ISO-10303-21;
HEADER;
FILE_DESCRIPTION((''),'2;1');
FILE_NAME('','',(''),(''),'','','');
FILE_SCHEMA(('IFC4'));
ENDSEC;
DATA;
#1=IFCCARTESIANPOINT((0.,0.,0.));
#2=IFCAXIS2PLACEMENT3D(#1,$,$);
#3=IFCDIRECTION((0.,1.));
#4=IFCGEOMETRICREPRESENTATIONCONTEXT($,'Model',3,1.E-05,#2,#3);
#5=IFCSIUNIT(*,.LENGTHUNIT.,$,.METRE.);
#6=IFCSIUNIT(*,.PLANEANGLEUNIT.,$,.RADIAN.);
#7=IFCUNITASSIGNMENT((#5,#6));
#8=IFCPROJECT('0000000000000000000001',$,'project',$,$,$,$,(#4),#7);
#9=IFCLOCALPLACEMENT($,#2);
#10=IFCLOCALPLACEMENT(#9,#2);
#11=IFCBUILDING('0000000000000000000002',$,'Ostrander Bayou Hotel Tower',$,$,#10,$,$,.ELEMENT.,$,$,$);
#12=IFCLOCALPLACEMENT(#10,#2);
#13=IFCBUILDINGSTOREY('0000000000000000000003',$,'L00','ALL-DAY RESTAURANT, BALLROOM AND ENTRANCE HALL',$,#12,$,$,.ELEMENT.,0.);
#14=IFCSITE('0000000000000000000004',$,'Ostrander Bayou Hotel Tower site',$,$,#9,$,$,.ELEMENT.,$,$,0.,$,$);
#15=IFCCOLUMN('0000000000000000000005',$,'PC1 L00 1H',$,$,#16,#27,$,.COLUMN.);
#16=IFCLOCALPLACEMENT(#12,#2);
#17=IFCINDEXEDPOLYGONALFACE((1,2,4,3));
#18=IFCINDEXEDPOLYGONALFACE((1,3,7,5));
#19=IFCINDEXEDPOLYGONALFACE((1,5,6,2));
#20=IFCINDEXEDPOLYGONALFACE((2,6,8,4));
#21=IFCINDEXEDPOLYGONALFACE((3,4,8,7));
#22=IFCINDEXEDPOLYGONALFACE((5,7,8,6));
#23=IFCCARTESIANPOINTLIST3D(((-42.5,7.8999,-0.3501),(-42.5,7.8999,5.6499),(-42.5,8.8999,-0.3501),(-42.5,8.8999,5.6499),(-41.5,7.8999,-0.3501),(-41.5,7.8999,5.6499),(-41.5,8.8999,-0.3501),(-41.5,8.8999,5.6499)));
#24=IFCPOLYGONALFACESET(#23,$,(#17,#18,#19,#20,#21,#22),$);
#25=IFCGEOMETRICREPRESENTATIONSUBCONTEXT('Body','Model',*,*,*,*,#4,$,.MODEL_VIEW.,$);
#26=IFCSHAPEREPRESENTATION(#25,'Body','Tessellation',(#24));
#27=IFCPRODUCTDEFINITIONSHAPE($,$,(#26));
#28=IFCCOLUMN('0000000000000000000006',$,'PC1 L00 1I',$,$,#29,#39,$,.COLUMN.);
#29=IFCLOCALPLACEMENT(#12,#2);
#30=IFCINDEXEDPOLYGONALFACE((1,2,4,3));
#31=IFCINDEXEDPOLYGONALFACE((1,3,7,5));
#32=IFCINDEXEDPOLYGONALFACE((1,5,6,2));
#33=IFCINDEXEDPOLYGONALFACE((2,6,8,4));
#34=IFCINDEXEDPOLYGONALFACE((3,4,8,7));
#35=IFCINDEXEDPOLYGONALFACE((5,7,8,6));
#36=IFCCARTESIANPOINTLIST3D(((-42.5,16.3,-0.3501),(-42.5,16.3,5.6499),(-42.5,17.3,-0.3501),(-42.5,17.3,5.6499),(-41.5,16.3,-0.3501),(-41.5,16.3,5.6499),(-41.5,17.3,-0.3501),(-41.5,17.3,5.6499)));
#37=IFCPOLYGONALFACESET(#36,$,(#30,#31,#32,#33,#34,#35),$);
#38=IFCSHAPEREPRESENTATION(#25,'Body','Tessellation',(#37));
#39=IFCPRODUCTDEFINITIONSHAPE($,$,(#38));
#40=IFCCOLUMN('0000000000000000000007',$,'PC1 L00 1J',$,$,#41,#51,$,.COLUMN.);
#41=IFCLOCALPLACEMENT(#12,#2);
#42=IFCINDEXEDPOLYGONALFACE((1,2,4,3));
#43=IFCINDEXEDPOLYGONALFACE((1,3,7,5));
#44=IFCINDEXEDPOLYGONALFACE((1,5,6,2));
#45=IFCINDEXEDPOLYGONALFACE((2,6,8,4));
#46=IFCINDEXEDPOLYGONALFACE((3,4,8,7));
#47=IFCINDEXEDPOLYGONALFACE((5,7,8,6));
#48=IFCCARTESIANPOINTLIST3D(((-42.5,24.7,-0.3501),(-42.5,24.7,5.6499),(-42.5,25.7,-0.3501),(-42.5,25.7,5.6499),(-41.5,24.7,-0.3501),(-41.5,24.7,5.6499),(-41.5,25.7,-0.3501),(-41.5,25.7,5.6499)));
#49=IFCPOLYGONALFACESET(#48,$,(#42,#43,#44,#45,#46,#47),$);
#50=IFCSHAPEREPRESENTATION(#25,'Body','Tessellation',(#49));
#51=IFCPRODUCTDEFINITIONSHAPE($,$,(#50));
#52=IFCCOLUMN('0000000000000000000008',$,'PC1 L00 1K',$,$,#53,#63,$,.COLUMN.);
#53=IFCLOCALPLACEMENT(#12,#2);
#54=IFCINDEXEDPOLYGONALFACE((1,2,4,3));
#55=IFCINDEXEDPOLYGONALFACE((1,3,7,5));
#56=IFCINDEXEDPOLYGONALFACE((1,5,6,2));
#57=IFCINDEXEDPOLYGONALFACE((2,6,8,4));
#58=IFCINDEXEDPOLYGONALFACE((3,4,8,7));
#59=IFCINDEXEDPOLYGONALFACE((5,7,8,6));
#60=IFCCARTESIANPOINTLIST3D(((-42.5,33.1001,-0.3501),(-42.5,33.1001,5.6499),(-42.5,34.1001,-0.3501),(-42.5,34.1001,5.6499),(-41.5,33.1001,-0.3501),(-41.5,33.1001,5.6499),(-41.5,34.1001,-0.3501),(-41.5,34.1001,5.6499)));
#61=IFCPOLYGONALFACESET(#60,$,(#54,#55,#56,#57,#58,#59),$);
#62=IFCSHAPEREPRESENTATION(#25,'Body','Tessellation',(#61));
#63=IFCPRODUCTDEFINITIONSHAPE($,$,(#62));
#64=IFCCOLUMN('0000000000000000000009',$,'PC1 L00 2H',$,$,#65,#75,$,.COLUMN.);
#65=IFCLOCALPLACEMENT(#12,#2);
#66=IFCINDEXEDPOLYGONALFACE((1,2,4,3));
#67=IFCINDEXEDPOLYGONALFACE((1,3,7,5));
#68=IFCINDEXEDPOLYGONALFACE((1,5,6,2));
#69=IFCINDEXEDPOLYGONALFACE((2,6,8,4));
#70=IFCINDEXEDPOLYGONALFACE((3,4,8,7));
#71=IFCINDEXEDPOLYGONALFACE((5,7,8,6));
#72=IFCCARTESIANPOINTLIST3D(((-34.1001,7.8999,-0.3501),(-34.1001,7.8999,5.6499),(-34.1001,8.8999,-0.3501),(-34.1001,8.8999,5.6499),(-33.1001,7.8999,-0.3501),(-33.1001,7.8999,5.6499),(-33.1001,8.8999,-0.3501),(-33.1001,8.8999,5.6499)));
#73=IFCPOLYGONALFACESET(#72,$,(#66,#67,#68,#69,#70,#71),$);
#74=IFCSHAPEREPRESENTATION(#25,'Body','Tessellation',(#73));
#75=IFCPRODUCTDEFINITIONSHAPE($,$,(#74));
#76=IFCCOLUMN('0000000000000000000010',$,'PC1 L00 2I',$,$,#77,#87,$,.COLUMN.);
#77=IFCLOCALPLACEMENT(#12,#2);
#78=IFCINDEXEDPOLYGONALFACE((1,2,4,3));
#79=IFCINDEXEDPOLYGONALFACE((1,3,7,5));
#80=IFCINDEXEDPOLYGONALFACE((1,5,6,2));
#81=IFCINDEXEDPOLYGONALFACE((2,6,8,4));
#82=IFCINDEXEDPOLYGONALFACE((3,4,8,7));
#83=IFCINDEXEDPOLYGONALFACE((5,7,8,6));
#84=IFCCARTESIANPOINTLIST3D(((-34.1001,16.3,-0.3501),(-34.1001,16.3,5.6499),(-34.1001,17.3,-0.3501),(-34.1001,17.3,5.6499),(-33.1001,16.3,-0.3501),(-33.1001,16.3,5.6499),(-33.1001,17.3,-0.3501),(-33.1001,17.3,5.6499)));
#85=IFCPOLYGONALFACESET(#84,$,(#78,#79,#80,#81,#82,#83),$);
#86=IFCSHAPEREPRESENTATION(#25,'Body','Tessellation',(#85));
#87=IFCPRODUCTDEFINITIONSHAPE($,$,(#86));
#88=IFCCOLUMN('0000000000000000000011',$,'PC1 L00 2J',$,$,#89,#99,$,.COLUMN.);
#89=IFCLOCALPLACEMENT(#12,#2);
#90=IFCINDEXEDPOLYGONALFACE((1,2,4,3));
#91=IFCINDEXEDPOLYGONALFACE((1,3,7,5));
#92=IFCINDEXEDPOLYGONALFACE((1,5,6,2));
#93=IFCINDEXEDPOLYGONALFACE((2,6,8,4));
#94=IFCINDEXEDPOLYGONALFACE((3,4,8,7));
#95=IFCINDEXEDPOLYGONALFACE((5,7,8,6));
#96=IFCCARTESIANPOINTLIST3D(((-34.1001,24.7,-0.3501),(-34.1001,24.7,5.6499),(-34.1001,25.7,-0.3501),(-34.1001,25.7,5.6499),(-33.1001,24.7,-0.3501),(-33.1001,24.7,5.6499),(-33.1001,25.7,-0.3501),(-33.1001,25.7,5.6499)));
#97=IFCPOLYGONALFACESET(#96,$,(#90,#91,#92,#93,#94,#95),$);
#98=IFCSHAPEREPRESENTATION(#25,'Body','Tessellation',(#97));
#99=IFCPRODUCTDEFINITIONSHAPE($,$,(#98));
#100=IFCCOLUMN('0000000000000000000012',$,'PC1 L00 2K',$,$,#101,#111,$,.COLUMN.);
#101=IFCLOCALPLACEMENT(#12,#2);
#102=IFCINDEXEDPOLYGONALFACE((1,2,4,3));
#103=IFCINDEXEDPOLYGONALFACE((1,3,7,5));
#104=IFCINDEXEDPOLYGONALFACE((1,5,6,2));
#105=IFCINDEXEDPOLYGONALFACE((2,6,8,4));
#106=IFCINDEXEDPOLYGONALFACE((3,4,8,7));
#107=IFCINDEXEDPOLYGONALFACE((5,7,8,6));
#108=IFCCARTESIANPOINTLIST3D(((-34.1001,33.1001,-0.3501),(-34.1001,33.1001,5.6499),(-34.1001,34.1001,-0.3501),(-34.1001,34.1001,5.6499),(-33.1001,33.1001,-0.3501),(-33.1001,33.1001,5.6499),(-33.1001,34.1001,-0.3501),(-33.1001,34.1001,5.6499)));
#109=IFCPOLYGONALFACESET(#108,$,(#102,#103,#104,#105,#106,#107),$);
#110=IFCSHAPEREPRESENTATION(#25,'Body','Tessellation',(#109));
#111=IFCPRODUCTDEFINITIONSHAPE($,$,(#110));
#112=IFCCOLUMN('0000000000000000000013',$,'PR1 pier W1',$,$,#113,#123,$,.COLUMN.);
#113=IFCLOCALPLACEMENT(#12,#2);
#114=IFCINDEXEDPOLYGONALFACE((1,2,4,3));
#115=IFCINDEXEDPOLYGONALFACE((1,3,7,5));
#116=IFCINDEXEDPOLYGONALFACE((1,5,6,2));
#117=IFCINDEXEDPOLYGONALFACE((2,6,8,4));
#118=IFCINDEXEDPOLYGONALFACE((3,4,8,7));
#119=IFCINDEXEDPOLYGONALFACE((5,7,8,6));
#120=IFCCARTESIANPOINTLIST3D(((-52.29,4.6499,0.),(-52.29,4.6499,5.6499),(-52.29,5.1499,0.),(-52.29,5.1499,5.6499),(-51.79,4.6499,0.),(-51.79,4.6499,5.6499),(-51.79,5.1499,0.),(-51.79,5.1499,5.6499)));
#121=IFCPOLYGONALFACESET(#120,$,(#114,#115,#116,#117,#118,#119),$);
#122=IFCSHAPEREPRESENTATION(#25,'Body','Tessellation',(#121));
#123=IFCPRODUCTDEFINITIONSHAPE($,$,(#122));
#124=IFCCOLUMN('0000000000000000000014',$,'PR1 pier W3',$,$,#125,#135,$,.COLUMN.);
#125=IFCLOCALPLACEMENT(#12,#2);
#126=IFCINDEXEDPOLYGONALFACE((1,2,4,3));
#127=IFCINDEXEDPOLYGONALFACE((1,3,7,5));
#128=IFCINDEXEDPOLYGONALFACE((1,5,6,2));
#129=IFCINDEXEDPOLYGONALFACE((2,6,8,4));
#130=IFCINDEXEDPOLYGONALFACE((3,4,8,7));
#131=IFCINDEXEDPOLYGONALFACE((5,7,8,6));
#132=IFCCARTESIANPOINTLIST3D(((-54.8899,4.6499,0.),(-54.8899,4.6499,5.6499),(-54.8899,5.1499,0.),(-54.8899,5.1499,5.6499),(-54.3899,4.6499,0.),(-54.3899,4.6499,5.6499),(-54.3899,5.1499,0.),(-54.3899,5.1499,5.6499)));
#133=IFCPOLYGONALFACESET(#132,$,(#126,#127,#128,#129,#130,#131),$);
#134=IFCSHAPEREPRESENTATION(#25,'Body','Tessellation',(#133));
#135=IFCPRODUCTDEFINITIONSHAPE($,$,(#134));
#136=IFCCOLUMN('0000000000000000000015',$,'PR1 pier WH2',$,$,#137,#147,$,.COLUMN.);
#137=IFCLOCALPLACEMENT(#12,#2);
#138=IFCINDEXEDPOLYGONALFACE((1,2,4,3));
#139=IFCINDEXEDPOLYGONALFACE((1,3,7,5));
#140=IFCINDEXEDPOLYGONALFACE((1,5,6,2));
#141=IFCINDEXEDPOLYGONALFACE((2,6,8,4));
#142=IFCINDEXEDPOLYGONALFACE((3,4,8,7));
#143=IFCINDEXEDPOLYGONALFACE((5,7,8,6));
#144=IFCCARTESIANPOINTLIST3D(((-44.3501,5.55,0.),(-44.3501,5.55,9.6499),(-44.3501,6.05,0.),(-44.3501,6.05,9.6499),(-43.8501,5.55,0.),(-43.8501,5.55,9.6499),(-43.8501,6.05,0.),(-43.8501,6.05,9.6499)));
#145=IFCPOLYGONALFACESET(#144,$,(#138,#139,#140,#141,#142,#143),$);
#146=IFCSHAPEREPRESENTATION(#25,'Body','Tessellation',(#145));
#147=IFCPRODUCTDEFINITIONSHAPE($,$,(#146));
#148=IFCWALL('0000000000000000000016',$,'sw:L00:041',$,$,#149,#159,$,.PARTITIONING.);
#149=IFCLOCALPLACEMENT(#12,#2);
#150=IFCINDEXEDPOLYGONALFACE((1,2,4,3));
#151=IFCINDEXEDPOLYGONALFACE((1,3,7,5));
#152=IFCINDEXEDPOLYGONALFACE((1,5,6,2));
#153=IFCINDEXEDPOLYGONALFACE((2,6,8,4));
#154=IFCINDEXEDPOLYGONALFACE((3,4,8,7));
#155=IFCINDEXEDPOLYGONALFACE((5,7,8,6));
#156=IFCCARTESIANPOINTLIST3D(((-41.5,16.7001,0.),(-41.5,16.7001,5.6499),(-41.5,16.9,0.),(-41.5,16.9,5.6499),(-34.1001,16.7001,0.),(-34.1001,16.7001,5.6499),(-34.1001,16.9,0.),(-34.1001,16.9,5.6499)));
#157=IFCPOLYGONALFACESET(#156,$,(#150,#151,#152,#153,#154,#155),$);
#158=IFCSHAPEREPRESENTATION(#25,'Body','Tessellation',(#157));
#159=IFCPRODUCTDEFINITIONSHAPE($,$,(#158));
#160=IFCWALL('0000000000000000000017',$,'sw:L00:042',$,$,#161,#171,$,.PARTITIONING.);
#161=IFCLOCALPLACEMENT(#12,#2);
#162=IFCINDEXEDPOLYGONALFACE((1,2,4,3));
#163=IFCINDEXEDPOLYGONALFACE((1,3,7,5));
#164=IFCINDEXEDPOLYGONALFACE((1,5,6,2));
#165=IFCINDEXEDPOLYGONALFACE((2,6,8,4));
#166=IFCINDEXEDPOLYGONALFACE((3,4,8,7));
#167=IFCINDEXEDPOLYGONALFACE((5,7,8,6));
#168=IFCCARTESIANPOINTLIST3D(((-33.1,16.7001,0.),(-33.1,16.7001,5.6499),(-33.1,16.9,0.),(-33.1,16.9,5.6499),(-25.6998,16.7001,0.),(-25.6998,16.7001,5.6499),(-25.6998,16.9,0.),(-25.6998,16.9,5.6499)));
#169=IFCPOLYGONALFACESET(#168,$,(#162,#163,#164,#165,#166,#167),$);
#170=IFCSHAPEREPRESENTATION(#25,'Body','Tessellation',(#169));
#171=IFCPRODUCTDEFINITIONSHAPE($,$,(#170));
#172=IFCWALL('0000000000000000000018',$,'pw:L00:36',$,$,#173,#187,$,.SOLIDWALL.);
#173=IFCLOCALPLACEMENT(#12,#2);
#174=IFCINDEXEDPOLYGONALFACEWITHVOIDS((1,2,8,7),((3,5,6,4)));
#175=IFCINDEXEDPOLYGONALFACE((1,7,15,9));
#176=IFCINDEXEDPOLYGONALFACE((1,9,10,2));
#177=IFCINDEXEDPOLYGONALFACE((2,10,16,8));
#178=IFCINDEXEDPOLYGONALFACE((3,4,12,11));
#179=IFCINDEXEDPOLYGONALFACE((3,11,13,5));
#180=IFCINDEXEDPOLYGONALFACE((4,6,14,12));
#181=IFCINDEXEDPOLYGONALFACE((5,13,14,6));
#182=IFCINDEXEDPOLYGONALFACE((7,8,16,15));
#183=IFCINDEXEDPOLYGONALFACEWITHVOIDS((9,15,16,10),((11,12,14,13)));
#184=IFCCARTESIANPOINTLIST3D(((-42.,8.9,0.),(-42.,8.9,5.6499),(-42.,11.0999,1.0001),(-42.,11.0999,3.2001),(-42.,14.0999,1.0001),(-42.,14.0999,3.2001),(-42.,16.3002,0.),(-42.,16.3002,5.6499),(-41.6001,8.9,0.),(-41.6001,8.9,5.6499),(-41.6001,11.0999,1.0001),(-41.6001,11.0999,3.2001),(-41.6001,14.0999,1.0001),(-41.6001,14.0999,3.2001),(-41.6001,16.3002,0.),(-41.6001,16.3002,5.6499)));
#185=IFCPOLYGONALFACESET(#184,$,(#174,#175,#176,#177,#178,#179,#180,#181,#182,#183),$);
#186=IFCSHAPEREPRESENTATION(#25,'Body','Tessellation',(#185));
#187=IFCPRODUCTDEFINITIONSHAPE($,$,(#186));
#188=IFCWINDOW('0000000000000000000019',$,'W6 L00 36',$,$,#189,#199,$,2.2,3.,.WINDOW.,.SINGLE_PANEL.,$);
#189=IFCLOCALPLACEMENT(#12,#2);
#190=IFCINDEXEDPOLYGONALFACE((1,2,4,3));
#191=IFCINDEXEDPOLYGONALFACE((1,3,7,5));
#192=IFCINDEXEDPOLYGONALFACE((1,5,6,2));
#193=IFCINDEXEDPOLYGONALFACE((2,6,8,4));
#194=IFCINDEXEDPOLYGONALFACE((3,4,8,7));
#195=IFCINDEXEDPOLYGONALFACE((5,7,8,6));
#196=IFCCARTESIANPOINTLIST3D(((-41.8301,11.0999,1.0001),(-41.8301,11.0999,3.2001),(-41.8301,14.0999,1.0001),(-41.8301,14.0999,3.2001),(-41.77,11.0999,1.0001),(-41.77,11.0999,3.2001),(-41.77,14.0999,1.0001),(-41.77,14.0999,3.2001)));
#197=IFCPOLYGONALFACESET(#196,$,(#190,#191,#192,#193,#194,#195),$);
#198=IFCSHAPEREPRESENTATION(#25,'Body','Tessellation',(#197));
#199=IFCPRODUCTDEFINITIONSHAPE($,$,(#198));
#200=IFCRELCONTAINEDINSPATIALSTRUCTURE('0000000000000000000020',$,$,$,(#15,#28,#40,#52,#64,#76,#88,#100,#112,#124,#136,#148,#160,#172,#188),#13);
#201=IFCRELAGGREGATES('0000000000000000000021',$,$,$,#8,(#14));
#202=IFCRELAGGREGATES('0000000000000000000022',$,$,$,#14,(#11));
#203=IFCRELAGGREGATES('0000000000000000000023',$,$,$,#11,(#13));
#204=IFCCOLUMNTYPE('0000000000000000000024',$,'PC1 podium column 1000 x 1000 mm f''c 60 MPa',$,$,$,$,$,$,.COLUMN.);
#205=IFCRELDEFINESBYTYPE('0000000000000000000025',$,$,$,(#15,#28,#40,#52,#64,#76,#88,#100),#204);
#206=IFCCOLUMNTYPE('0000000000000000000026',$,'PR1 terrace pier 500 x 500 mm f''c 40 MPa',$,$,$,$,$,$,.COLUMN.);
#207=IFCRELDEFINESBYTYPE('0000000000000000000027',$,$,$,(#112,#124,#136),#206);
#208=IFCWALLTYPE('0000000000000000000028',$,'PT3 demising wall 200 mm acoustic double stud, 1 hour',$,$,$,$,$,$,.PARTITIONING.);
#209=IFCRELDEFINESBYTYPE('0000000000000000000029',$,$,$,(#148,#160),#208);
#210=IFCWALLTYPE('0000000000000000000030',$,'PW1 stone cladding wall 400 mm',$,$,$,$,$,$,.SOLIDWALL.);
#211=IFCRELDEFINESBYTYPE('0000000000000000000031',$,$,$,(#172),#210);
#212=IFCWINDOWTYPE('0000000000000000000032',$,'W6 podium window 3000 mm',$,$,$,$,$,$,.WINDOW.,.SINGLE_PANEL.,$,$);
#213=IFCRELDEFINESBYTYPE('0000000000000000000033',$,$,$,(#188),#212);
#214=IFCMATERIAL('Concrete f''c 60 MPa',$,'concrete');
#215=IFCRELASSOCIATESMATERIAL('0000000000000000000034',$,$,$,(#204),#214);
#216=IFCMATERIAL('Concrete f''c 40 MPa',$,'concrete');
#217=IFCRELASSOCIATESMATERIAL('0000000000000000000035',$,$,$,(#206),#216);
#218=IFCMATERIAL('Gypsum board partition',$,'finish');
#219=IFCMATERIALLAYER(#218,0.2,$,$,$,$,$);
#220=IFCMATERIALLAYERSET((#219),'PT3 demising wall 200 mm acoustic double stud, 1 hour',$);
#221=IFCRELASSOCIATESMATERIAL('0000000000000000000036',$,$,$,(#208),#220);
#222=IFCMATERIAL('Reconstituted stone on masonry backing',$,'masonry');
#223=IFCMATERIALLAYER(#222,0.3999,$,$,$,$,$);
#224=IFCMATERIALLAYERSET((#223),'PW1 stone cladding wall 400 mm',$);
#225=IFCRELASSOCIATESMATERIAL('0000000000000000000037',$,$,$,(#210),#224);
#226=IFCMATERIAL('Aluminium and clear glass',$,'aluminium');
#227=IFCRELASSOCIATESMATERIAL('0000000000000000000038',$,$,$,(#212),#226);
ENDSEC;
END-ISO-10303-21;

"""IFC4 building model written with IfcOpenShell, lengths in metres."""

from ifc_helpers import new_model, si_unit, direction, frame, frame_2d, origin, origin_2d, place, context, subcontext, project, spatial, rectangle, extrude, material, layer, layer_set, material_profile, profile_set, type_object, element, fill, save


model = new_model("IFC4")

# Units and contexts
model_context = context("Model", 3, precision=1e-05, world=origin(), true_north=direction((0.0, 1.0)))
body_context = subcontext(model_context, "Body", "Model", "MODEL_VIEW")
ifc_project = project(units=[si_unit("LENGTHUNIT", "METRE"), si_unit("PLANEANGLEUNIT", "RADIAN")], contexts=[model_context])

# Site, building, storey
site_placement = place(None, origin())
site = spatial("IfcSite", under=ifc_project, at=site_placement, Name="Ostrander Bayou Hotel Tower site", CompositionType="ELEMENT", RefElevation=0.0)
building_placement = place(site_placement, origin())
building = spatial("IfcBuilding", under=site, at=building_placement, Name="Ostrander Bayou Hotel Tower", CompositionType="ELEMENT")
storey_placement = place(building_placement, origin())
storey = spatial("IfcBuildingStorey", under=building, at=storey_placement, Name="L00", Description="ALL-DAY RESTAURANT, BALLROOM AND ENTRANCE HALL", CompositionType="ELEMENT", Elevation=0.0)

# Columns
ifc_material_1 = material(Name="Concrete f'c 60 MPa", Category="concrete")
ifc_material_profile_1 = material_profile(ifc_material_1, rectangle(XDim=1.0, YDim=1.0, at=origin_2d()))
ifc_profile_set_1 = profile_set([ifc_material_profile_1], Name="Concrete f'c 60 MPa")
column_type_1 = type_object("IfcColumnType", Name="PC1 podium column 1000 x 1000 mm f'c 60 MPa", PredefinedType="COLUMN", material=ifc_profile_set_1)
for number, where, z_axis, x_axis, name in (
    (1, (-42.0, 8.3999, -0.3501), (0.0, 0.0, 1.0), (1.0, 0.0, 0.0), "PC1 L00 1H"),
    (2, (-42.0, 16.8, -0.3501), (0.0, 0.0, 1.0), (1.0, 0.0, 0.0), "PC1 L00 1I"),
    (3, (-42.0, 25.2, -0.3501), (0.0, 0.0, 1.0), (1.0, 0.0, 0.0), "PC1 L00 1J"),
    (4, (-42.0, 33.6001, -0.3501), (0.0, 0.0, 1.0), (1.0, 0.0, 0.0), "PC1 L00 1K"),
    (5, (-33.6001, 8.3999, -0.3501), (0.0, 0.0, 1.0), (1.0, 0.0, 0.0), "PC1 L00 2H"),
    (6, (-33.6001, 16.8, -0.3501), (0.0, 0.0, 1.0), (1.0, 0.0, 0.0), "PC1 L00 2I"),
    (7, (-33.6001, 25.2, -0.3501), (0.0, 0.0, 1.0), (1.0, 0.0, 0.0), "PC1 L00 2J"),
    (8, (-33.6001, 33.6001, -0.3501), (0.0, 0.0, 1.0), (1.0, 0.0, 0.0), "PC1 L00 2K"),
):
    element("IfcColumn", number, at=place(storey_placement, frame(where, z_axis=z_axis, x_axis=x_axis)), inside=storey, type_object=column_type_1, Name=name, PredefinedType="COLUMN", context=body_context, shape_type="SweptSolid", body=[
        extrude(rectangle(XDim=1.0, YDim=1.0, at=origin_2d()), origin(), (0.0, 0.0, 1.0), 6.0),
    ])
ifc_material_2 = material(Name="Concrete f'c 40 MPa", Category="concrete")
ifc_material_profile_2 = material_profile(ifc_material_2, rectangle(XDim=0.5, YDim=0.5, at=origin_2d()))
ifc_profile_set_2 = profile_set([ifc_material_profile_2], Name="Concrete f'c 40 MPa")
column_type_2 = type_object("IfcColumnType", Name="PR1 terrace pier 500 x 500 mm f'c 40 MPa", PredefinedType="COLUMN", material=ifc_profile_set_2)
for number, where, z_axis, x_axis, name in (
    (9, (-52.04, 4.8999, 0.0), (0.0, 0.0, 1.0), (1.0, 0.0, 0.0), "PR1 pier W1"),
    (10, (-54.6399, 4.8999, 0.0), (0.0, 0.0, 1.0), (1.0, 0.0, 0.0), "PR1 pier W3"),
):
    element("IfcColumn", number, at=place(storey_placement, frame(where, z_axis=z_axis, x_axis=x_axis)), inside=storey, type_object=column_type_2, Name=name, PredefinedType="COLUMN", context=body_context, shape_type="SweptSolid", body=[
        extrude(rectangle(XDim=0.5, YDim=0.5, at=origin_2d()), origin(), (0.0, 0.0, 1.0), 5.6499),
    ])
column_placement = place(storey_placement, frame((-44.1001, 5.8, 0.0), z_axis=(0.0, 0.0, 1.0), x_axis=(1.0, 0.0, 0.0)))
element("IfcColumn", 11, at=column_placement, inside=storey, type_object=column_type_2, Name="PR1 pier WH2", PredefinedType="COLUMN", context=body_context, shape_type="SweptSolid", body=[
    extrude(rectangle(XDim=0.5, YDim=0.5, at=origin_2d()), origin(), (0.0, 0.0, 1.0), 9.6499),
])

# Walls
ifc_material_3 = material(Name="Gypsum board partition", Category="finish")
ifc_layer_1 = layer(ifc_material_3, 0.2)
ifc_layer_set_1 = layer_set([ifc_layer_1], Name="PT3 demising wall 200 mm acoustic double stud, 1 hour")
wall_type_1 = type_object("IfcWallType", Name="PT3 demising wall 200 mm acoustic double stud, 1 hour", PredefinedType="PARTITIONING", material=ifc_layer_set_1)
wall_1_placement = place(storey_placement, frame((-41.5, 16.8, 0.0), z_axis=(0.0, 0.0, 1.0), x_axis=(1.0, 0.0, 0.0)))
element("IfcWall", 12, at=wall_1_placement, inside=storey, type_object=wall_type_1, Name="sw:L00:041", PredefinedType="PARTITIONING", context=body_context, shape_type="SweptSolid", body=[
    extrude(rectangle(XDim=7.3999, YDim=0.2, at=frame_2d((3.7, 0.0))), origin(), (0.0, 0.0, 1.0), 5.6499),
])
wall_2_placement = place(storey_placement, frame((-33.1001, 16.8, 0.0), z_axis=(0.0, 0.0, 1.0), x_axis=(1.0, 0.0, 0.0)))
element("IfcWall", 13, at=wall_2_placement, inside=storey, type_object=wall_type_1, Name="sw:L00:042", PredefinedType="PARTITIONING", context=body_context, shape_type="SweptSolid", body=[
    extrude(rectangle(XDim=7.4001, YDim=0.2, at=frame_2d((3.7002, 0.0))), origin(), (0.0, 0.0, 1.0), 5.6499),
])

# Shared definitions
ifc_material_4 = material(Name="Reconstituted stone on masonry backing", Category="masonry")
ifc_layer_2 = layer(ifc_material_4, 0.3999)
ifc_layer_set_2 = layer_set([ifc_layer_2], Name="PW1 stone cladding wall 400 mm")
wall_type_2 = type_object("IfcWallType", Name="PW1 stone cladding wall 400 mm", PredefinedType="SOLIDWALL", material=ifc_layer_set_2)

# Wall, opening, window
wall_3_placement = place(storey_placement, frame((-41.8, 8.8999, 0.0), z_axis=(0.0, 0.0, 1.0), x_axis=(0.0, 1.0, 0.0)))
wall_3 = element("IfcWall", 14, at=wall_3_placement, inside=storey, type_object=wall_type_2, Name="pw:L00:36", PredefinedType="SOLIDWALL", context=body_context, shape_type="SweptSolid", body=[
    extrude(rectangle(XDim=7.4001, YDim=0.3999, at=frame_2d((3.7002, 0.0))), origin(), (0.0, 0.0, 1.0), 5.6499),
])
opening_1_placement = place(wall_3_placement, frame((2.2, 0.0, 1.0)))
opening_1 = element("IfcOpeningElement", 15, at=opening_1_placement, cuts=wall_3, PredefinedType="OPENING", context=body_context, shape_type="SweptSolid", body=[
    extrude(rectangle(XDim=3.0, YDim=2.2, at=frame_2d((1.5, 1.1001))), frame((0.0, 0.2, 0.0), z_axis=(0.0, -1.0, 0.0), x_axis=(1.0, 0.0, 0.0)), (0.0, 0.0, 1.0), 0.3999),
])
ifc_material_5 = material(Name="Aluminium and clear glass", Category="aluminium")
window_type = type_object("IfcWindowType", Name="W6 podium window 3000 mm", PartitioningType="SINGLE_PANEL", PredefinedType="WINDOW", material=ifc_material_5)
window_1_placement = place(opening_1_placement, origin())
window_1 = element("IfcWindow", 16, at=window_1_placement, inside=storey, type_object=window_type, Name="W6 L00 36", OverallHeight=2.2, OverallWidth=3.0, PartitioningType="SINGLE_PANEL", PredefinedType="WINDOW", context=body_context, shape_type="SweptSolid", body=[
    extrude(rectangle(XDim=3.0, YDim=2.2, at=frame_2d((1.5, 1.1001))), frame((0.0, 0.03, 0.0), z_axis=(0.0, -1.0, 0.0), x_axis=(1.0, 0.0, 0.0)), (0.0, 0.0, 1.0), 0.0601),
])
fill(opening_1, window_1)

save(model, "model.ifc")
